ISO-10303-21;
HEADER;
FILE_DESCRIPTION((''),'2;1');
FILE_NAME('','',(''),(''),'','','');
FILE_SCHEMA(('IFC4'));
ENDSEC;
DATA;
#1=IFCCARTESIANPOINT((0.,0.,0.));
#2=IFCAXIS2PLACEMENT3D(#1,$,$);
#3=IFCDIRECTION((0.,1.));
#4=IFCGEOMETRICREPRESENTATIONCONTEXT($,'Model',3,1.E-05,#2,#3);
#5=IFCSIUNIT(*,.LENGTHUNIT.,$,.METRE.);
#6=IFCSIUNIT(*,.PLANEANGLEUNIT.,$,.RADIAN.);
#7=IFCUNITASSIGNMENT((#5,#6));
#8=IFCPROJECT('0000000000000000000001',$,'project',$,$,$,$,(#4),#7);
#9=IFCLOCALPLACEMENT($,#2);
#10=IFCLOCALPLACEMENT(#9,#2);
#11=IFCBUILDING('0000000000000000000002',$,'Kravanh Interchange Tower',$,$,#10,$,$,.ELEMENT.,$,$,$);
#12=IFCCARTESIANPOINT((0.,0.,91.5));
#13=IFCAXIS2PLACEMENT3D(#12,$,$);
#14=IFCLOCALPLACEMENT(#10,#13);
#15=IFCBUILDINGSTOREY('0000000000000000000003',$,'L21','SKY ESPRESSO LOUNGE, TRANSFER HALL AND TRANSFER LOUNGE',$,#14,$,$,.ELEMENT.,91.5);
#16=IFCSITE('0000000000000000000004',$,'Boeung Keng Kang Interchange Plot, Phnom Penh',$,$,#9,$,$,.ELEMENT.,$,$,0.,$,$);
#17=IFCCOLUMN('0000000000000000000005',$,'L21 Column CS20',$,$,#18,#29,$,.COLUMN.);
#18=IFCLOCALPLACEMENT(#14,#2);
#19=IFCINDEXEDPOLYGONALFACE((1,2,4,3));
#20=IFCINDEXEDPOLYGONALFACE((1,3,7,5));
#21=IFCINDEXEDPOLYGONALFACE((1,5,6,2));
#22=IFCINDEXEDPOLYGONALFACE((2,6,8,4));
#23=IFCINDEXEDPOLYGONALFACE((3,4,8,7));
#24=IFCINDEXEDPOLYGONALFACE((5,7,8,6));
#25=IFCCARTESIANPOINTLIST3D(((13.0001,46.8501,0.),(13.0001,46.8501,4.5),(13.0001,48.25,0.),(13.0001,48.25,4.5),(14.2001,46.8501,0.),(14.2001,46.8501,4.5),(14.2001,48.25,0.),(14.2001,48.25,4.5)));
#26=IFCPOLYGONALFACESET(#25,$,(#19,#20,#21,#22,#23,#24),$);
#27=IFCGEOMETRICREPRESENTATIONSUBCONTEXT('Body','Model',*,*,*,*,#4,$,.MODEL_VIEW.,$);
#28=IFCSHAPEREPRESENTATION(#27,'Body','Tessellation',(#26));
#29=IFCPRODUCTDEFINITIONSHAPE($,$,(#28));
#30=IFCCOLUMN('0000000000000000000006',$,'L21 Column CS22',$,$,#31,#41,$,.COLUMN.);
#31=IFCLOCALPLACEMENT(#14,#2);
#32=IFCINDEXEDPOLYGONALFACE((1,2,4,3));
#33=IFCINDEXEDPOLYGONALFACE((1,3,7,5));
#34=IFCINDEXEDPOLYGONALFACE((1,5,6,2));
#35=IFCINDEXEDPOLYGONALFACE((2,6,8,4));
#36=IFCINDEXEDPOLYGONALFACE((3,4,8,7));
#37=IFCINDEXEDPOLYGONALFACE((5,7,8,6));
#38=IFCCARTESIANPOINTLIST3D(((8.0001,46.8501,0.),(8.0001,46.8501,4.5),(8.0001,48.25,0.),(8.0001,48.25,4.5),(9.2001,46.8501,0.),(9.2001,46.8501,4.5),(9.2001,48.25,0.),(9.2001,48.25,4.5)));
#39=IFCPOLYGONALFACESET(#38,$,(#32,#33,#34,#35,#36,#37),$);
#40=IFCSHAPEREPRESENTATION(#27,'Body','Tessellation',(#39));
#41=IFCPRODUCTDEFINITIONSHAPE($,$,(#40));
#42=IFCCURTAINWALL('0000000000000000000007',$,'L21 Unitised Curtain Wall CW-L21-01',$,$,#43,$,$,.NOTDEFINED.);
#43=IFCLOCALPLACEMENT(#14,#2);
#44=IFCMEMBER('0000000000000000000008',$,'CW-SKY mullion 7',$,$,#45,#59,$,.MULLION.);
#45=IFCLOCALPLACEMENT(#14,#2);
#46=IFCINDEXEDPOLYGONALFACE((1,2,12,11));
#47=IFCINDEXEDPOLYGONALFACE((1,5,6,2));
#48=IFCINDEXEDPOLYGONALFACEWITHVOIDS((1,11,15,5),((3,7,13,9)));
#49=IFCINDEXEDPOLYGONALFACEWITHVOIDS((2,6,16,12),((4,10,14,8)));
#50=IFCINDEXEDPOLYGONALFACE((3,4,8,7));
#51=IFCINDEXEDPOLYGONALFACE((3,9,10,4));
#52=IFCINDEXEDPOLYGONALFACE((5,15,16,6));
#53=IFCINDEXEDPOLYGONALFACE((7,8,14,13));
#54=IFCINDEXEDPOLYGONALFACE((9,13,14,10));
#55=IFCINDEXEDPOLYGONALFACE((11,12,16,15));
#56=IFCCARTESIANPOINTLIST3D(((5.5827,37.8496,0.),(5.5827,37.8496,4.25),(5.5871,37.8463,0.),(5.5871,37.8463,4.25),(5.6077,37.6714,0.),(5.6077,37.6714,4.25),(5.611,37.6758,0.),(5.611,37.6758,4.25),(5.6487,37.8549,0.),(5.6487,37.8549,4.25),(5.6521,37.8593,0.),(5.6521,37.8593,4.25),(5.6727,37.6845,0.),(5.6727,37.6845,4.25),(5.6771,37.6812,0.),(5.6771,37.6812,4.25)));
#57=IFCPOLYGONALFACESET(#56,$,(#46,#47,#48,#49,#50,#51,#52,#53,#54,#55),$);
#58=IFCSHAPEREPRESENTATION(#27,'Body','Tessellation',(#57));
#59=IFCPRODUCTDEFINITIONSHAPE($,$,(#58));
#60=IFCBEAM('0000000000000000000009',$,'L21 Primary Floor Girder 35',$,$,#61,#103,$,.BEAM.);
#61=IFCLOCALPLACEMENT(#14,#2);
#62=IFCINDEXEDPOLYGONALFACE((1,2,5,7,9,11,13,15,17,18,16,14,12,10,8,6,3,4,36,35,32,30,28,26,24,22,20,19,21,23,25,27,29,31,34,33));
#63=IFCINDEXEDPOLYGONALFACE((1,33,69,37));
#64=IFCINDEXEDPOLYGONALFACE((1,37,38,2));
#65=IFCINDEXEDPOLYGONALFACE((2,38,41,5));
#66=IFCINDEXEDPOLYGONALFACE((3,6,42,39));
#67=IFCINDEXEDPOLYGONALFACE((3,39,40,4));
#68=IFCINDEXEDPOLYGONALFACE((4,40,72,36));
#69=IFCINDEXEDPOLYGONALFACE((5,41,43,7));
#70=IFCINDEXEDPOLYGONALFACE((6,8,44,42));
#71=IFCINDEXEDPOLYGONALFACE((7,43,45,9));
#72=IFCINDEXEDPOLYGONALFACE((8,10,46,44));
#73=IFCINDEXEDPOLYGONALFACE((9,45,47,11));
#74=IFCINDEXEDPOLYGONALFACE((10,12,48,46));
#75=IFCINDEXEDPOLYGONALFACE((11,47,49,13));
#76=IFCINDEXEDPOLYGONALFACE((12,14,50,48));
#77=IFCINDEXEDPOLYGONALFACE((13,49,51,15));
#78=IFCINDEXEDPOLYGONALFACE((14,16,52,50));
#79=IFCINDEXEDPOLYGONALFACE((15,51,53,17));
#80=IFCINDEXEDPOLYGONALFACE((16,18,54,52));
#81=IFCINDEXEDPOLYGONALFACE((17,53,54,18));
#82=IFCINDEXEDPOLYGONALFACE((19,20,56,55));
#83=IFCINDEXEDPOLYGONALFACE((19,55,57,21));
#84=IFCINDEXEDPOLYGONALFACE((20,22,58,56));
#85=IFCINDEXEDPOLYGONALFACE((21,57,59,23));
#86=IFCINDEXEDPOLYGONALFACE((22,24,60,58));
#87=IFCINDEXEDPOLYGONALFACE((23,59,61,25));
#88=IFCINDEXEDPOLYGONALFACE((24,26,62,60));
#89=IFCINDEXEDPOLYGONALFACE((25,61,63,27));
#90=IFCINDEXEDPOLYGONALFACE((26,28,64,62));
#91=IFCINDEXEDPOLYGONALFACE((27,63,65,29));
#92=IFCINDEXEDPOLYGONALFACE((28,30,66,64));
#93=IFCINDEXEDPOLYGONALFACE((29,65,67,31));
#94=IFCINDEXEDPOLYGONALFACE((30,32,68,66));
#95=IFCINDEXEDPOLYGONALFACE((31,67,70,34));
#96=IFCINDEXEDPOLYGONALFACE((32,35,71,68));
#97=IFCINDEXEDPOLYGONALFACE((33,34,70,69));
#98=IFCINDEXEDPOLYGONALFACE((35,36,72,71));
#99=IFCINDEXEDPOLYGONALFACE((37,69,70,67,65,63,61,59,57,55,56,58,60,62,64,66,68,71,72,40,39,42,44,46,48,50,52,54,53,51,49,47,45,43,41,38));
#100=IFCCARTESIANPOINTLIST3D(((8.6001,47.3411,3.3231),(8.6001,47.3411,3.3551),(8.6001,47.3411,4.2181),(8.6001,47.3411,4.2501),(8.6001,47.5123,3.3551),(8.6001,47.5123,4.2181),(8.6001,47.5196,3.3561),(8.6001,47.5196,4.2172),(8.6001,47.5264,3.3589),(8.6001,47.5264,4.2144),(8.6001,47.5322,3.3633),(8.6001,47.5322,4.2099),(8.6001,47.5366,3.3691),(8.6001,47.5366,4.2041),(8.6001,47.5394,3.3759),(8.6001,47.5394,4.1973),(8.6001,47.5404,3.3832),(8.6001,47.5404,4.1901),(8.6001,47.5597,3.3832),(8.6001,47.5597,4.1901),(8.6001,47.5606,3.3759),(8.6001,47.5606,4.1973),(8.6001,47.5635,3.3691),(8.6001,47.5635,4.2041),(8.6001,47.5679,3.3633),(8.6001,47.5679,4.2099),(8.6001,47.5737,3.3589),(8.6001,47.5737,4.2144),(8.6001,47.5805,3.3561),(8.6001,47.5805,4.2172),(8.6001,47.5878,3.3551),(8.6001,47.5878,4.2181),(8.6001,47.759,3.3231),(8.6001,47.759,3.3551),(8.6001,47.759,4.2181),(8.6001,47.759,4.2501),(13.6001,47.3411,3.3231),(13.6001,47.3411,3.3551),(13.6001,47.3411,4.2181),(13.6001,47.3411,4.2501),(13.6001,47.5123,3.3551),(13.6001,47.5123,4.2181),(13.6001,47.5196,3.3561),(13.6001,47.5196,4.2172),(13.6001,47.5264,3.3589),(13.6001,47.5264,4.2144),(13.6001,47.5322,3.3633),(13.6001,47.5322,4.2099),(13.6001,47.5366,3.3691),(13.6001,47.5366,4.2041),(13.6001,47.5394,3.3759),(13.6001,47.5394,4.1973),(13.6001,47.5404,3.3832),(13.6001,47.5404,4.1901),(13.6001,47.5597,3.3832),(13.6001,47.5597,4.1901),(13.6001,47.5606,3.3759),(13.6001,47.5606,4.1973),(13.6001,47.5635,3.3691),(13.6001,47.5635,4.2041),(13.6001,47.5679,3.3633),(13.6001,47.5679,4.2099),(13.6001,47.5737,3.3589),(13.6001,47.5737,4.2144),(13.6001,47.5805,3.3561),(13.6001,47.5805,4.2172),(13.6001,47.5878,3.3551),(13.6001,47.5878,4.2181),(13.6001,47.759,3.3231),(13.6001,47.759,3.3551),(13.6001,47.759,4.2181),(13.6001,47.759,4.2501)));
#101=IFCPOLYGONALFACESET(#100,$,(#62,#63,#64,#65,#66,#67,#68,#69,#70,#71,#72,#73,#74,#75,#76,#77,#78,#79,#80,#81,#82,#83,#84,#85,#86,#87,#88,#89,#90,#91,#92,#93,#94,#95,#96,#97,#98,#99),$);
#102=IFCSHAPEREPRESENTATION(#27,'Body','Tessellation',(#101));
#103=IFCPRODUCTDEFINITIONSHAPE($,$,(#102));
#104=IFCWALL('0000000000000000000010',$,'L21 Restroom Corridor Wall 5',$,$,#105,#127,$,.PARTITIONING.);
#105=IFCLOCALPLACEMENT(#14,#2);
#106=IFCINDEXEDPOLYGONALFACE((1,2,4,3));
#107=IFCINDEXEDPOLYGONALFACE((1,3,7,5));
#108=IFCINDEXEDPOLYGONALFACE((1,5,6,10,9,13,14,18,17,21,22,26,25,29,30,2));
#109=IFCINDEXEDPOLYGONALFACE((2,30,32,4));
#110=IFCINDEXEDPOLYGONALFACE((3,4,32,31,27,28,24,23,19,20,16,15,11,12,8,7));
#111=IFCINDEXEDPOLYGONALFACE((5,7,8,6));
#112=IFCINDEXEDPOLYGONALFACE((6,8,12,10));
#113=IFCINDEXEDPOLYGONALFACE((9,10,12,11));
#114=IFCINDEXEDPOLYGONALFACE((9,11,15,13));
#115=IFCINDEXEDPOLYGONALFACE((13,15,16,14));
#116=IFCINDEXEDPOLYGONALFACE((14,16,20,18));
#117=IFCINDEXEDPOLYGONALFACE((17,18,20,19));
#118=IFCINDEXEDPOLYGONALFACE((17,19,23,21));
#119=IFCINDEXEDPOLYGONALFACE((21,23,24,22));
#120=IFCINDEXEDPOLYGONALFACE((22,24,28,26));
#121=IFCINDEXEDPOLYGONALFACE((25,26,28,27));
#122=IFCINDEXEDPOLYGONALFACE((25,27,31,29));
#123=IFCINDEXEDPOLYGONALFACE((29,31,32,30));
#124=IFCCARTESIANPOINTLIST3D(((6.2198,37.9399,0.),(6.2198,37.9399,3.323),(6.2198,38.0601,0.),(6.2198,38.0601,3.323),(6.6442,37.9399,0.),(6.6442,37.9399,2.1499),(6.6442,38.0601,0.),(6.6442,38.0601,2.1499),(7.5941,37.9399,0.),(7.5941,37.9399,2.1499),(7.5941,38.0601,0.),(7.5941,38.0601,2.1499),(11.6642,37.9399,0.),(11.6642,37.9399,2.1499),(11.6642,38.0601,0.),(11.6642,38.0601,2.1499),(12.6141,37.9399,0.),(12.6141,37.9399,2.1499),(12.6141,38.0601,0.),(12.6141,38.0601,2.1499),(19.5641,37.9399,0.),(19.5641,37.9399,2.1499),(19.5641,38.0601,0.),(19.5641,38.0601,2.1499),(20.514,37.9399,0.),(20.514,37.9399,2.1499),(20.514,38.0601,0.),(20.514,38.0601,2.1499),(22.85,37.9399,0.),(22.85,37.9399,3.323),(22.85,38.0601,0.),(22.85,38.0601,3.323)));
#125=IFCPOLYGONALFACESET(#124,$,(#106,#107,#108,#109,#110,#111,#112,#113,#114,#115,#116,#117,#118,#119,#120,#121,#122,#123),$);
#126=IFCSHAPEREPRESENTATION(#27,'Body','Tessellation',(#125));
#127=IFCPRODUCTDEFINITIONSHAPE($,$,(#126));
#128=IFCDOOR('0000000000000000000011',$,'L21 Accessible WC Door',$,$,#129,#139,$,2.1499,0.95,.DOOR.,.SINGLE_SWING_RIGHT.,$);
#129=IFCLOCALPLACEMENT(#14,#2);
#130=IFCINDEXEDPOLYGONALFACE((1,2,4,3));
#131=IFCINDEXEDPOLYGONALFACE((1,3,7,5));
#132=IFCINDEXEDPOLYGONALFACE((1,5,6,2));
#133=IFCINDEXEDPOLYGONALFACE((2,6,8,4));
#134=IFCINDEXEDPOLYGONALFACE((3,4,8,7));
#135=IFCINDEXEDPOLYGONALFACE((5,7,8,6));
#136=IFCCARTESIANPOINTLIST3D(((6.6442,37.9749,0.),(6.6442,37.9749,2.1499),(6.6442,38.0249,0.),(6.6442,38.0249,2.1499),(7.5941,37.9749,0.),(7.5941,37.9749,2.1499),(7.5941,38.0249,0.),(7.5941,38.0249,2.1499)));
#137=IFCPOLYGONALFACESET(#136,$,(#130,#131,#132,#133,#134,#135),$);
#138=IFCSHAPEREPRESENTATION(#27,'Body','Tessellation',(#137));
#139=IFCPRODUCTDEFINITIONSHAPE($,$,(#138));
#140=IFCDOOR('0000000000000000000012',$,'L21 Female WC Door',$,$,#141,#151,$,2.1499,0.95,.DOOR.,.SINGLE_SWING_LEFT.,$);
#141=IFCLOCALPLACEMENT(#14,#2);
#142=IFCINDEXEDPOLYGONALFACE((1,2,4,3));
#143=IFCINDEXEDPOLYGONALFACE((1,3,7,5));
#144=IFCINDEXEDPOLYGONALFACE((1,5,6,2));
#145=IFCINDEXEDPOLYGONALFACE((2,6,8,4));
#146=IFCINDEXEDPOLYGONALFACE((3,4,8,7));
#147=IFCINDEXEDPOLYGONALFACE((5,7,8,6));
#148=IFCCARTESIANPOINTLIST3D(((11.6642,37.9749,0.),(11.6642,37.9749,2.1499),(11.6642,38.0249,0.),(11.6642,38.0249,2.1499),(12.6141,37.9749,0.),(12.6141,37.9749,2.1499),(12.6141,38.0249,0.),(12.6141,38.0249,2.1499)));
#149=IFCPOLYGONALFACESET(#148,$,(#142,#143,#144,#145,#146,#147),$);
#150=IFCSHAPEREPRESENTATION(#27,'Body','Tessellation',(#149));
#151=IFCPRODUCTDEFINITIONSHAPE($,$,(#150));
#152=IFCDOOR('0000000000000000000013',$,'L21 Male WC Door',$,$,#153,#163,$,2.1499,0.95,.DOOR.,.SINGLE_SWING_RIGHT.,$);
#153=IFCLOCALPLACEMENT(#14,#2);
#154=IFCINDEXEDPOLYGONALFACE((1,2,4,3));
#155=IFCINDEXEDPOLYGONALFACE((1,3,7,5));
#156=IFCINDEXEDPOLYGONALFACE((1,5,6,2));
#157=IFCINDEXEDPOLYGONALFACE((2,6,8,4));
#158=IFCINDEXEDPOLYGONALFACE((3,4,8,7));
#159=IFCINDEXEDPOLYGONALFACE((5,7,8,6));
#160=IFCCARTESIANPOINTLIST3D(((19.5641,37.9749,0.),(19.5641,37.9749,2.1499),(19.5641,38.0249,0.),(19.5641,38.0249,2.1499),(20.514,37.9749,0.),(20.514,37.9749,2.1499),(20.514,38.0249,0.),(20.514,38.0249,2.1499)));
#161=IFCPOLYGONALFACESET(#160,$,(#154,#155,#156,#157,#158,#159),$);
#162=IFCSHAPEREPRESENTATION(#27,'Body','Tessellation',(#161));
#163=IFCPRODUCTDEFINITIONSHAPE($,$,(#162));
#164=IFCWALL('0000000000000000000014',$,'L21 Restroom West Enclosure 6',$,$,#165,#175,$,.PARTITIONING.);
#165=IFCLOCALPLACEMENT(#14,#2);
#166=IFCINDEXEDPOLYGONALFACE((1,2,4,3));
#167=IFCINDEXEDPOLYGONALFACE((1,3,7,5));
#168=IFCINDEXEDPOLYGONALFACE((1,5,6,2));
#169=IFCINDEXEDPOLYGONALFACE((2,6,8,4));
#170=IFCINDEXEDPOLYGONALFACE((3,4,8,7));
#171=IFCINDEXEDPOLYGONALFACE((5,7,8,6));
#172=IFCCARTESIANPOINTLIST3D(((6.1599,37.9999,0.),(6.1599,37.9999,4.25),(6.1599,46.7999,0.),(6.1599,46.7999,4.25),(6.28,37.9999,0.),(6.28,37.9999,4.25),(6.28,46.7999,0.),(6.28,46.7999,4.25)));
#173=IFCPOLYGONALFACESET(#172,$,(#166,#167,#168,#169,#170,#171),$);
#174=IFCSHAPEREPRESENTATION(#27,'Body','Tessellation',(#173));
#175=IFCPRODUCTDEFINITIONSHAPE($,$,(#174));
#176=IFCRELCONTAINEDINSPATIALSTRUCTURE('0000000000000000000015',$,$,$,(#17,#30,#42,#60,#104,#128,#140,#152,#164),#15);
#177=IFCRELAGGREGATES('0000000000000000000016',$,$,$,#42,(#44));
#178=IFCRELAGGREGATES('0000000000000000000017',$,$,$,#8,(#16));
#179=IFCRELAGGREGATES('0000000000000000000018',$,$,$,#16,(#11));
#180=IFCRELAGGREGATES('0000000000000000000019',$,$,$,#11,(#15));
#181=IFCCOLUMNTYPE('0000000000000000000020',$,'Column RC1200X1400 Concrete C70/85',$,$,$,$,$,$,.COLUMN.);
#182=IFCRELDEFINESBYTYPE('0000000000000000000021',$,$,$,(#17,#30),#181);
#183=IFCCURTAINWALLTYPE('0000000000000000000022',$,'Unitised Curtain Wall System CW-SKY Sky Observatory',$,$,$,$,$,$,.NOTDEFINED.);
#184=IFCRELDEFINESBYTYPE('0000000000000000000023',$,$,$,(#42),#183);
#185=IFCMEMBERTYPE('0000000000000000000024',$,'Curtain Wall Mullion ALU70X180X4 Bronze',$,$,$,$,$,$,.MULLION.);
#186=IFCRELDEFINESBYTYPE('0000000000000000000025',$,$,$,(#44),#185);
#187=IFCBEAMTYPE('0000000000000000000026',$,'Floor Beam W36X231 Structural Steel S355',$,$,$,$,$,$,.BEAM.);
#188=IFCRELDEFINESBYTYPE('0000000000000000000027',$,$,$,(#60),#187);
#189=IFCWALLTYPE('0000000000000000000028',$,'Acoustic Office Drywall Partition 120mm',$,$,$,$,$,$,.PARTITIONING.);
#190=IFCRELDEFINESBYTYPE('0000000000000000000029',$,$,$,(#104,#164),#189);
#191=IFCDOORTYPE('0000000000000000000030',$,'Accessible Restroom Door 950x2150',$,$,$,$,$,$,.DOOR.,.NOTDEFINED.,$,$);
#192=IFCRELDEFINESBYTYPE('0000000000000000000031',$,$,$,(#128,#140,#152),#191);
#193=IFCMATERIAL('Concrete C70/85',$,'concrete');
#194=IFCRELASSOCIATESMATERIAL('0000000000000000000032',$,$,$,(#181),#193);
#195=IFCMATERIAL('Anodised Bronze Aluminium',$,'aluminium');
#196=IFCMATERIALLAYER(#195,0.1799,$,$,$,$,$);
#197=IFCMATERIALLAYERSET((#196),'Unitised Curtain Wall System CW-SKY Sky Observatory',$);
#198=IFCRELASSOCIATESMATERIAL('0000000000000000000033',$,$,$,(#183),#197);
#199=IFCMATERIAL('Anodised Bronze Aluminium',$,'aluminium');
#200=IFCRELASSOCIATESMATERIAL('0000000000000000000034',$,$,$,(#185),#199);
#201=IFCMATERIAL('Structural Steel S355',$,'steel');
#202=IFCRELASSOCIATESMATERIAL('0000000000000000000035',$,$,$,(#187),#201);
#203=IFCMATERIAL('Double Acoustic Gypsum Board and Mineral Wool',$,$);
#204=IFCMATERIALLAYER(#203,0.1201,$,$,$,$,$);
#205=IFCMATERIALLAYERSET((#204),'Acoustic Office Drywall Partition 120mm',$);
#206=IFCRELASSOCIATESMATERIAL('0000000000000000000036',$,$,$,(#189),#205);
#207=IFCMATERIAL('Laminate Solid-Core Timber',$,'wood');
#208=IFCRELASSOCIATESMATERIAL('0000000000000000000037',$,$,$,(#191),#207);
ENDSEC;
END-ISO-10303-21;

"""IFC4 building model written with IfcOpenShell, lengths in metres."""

from ifc_helpers import new_model, si_unit, direction, frame, frame_2d, origin, origin_2d, place, context, subcontext, project, spatial, rectangle, hollow_rectangle, i_section, extrude, material, layer, layer_set, material_profile, profile_set, type_object, element, fill, aggregate, save


model = new_model("IFC4")

# Units and contexts
model_context = context("Model", 3, precision=1e-05, world=origin(), true_north=direction((0.0, 1.0)))
body_context = subcontext(model_context, "Body", "Model", "MODEL_VIEW")
ifc_project = project(units=[si_unit("LENGTHUNIT", "METRE"), si_unit("PLANEANGLEUNIT", "RADIAN")], contexts=[model_context])

# Site, building, storey
site_placement = place(None, origin())
site = spatial("IfcSite", under=ifc_project, at=site_placement, Name="Boeung Keng Kang Interchange Plot, Phnom Penh", CompositionType="ELEMENT", RefElevation=0.0)
building_placement = place(site_placement, origin())
building = spatial("IfcBuilding", under=site, at=building_placement, Name="Kravanh Interchange Tower", CompositionType="ELEMENT")
storey_placement = place(building_placement, frame((0.0, 0.0, 91.5)))
storey = spatial("IfcBuildingStorey", under=building, at=storey_placement, Name="L21", Description="SKY ESPRESSO LOUNGE, TRANSFER HALL AND TRANSFER LOUNGE", CompositionType="ELEMENT", Elevation=91.5)

# Columns
ifc_material_1 = material(Name="Concrete C70/85", Category="concrete")
ifc_material_profile_1 = material_profile(ifc_material_1, rectangle(XDim=1.2, YDim=1.3999, at=origin_2d()), Name="RC1200X1400")
ifc_profile_set_1 = profile_set([ifc_material_profile_1], Name="Concrete C70/85")
column_type = type_object("IfcColumnType", Name="Column RC1200X1400 Concrete C70/85", PredefinedType="COLUMN", material=ifc_profile_set_1)
for number, where, z_axis, x_axis, name in (
    (1, (13.6001, 47.55, 0.0), (0.0, 0.0, 1.0), (1.0, 0.0, 0.0), "L21 Column CS20"),
    (2, (8.6001, 47.55, 0.0), (0.0, 0.0, 1.0), (1.0, 0.0, 0.0), "L21 Column CS22"),
):
    element("IfcColumn", number, at=place(storey_placement, frame(where, z_axis=z_axis, x_axis=x_axis)), inside=storey, type_object=column_type, Name=name, PredefinedType="COLUMN", context=body_context, shape_type="SweptSolid", body=[
        extrude(rectangle(XDim=1.2, YDim=1.3999, at=origin_2d()), origin(), (0.0, 0.0, 1.0), 4.5),
    ])

# Curtain wall, member
ifc_material_2 = material(Name="Anodised Bronze Aluminium", Category="aluminium")
ifc_layer_1 = layer(ifc_material_2, 0.1799)
ifc_layer_set_1 = layer_set([ifc_layer_1], Name="Unitised Curtain Wall System CW-SKY Sky Observatory")
curtain_wall_type = type_object("IfcCurtainWallType", Name="Unitised Curtain Wall System CW-SKY Sky Observatory", PredefinedType="NOTDEFINED", material=ifc_layer_set_1)
curtain_wall_placement = place(storey_placement, origin())
curtain_wall = element("IfcCurtainWall", 3, at=curtain_wall_placement, inside=storey, type_object=curtain_wall_type, Name="L21 Unitised Curtain Wall CW-L21-01", PredefinedType="NOTDEFINED")
ifc_material_3 = material(Name="Anodised Bronze Aluminium", Category="aluminium")
ifc_material_profile_2 = material_profile(ifc_material_3, hollow_rectangle(XDim=0.0701, YDim=0.1799, WallThickness=0.0039, at=origin_2d()), Name="ALU70X180X4")
ifc_profile_set_2 = profile_set([ifc_material_profile_2], Name="Anodised Bronze Aluminium")
member_type = type_object("IfcMemberType", Name="Curtain Wall Mullion ALU70X180X4 Bronze", PredefinedType="MULLION", material=ifc_profile_set_2)
member_placement = place(storey_placement, frame((5.6299, 37.7654, 0.0), z_axis=(0.0, 0.0, 1.0), x_axis=(-0.990268, -0.139177, 0.0)))
member = element("IfcMember", 4, at=member_placement, type_object=member_type, Name="CW-SKY mullion 7", PredefinedType="MULLION", context=body_context, shape_type="SweptSolid", body=[
    extrude(hollow_rectangle(XDim=0.0701, YDim=0.1799, WallThickness=0.0039, at=origin_2d()), origin(), (0.0, 0.0, 1.0), 4.25),
])
aggregate(curtain_wall, [member])

# Beam
ifc_material_4 = material(Name="Structural Steel S355", Category="steel")
ifc_material_profile_3 = material_profile(ifc_material_4, i_section(OverallWidth=0.418, OverallDepth=0.927, WebThickness=0.0193, FlangeThickness=0.032, FilletRadius=0.0281, at=origin_2d()), Name="W36X231")
ifc_profile_set_3 = profile_set([ifc_material_profile_3], Name="Structural Steel S355")
beam_type = type_object("IfcBeamType", Name="Floor Beam W36X231 Structural Steel S355", PredefinedType="BEAM", material=ifc_profile_set_3)
beam_placement = place(storey_placement, frame((13.6001, 47.55, 3.7866), z_axis=(-1.0, 0.0, 0.0), x_axis=(0.0, -1.0, 0.0)))
element("IfcBeam", 5, at=beam_placement, inside=storey, type_object=beam_type, Name="L21 Primary Floor Girder 35", PredefinedType="BEAM", context=body_context, shape_type="SweptSolid", body=[
    extrude(i_section(OverallWidth=0.418, OverallDepth=0.927, WebThickness=0.0193, FlangeThickness=0.032, FilletRadius=0.0281, at=origin_2d()), origin(), (0.0, 0.0, 1.0), 5.0),
])

# Wall, openings, doors
ifc_material_5 = material(Name="Double Acoustic Gypsum Board and Mineral Wool")
ifc_layer_2 = layer(ifc_material_5, 0.1201)
ifc_layer_set_2 = layer_set([ifc_layer_2], Name="Acoustic Office Drywall Partition 120mm")
wall_type_1 = type_object("IfcWallType", Name="Acoustic Office Drywall Partition 120mm", PredefinedType="PARTITIONING", material=ifc_layer_set_2)
wall_1_placement = place(storey_placement, frame((6.22, 38.0, 0.0), z_axis=(0.0, 0.0, 1.0), x_axis=(1.0, 0.0, 0.0)))
wall_1 = element("IfcWall", 6, at=wall_1_placement, inside=storey, type_object=wall_type_1, Name="L21 Restroom Corridor Wall 5", PredefinedType="PARTITIONING", context=body_context, shape_type="SweptSolid", body=[
    extrude(rectangle(XDim=16.6301, YDim=0.1201, at=frame_2d((8.3149, 0.0))), origin(), (0.0, 0.0, 1.0), 3.323),
])
opening_1_placement = place(wall_1_placement, frame((0.4241, 0.0, 0.0)))
opening_1 = element("IfcOpeningElement", 7, at=opening_1_placement, cuts=wall_1, PredefinedType="OPENING", context=body_context, shape_type="SweptSolid", body=[
    extrude(rectangle(XDim=0.95, YDim=2.1499, at=frame_2d((0.4751, 1.075))), frame((0.0, 0.0701, 0.0), z_axis=(0.0, -1.0, 0.0), x_axis=(1.0, 0.0, 0.0)), (0.0, 0.0, 1.0), 0.1401),
])
opening_2_placement = place(wall_1_placement, frame((5.4441, 0.0, 0.0)))
opening_2 = element("IfcOpeningElement", 8, at=opening_2_placement, cuts=wall_1, PredefinedType="OPENING", context=body_context, shape_type="SweptSolid", body=[
    extrude(rectangle(XDim=0.95, YDim=2.1499, at=frame_2d((0.4751, 1.075))), frame((0.0, 0.0701, 0.0), z_axis=(0.0, -1.0, 0.0), x_axis=(1.0, 0.0, 0.0)), (0.0, 0.0, 1.0), 0.1401),
])
opening_3_placement = place(wall_1_placement, frame((13.344, 0.0, 0.0)))
opening_3 = element("IfcOpeningElement", 9, at=opening_3_placement, cuts=wall_1, PredefinedType="OPENING", context=body_context, shape_type="SweptSolid", body=[
    extrude(rectangle(XDim=0.95, YDim=2.1499, at=frame_2d((0.4751, 1.075))), frame((0.0, 0.0701, 0.0), z_axis=(0.0, -1.0, 0.0), x_axis=(1.0, 0.0, 0.0)), (0.0, 0.0, 1.0), 0.1401),
])
ifc_material_6 = material(Name="Laminate Solid-Core Timber", Category="wood")
door_type = type_object("IfcDoorType", Name="Accessible Restroom Door 950x2150", OperationType="NOTDEFINED", PredefinedType="DOOR", material=ifc_material_6)
door_1_placement = place(opening_1_placement, origin())
door_1 = element("IfcDoor", 10, at=door_1_placement, inside=storey, type_object=door_type, Name="L21 Accessible WC Door", OperationType="SINGLE_SWING_RIGHT", OverallHeight=2.1499, OverallWidth=0.95, PredefinedType="DOOR", context=body_context, shape_type="SweptSolid", body=[
    extrude(rectangle(XDim=0.95, YDim=2.1499, at=frame_2d((0.4751, 1.075))), frame((0.0, 0.0249, 0.0), z_axis=(0.0, -1.0, 0.0), x_axis=(1.0, 0.0, 0.0)), (0.0, 0.0, 1.0), 0.05),
])
fill(opening_1, door_1)
door_2_placement = place(opening_2_placement, origin())
door_2 = element("IfcDoor", 11, at=door_2_placement, inside=storey, type_object=door_type, Name="L21 Female WC Door", OperationType="SINGLE_SWING_LEFT", OverallHeight=2.1499, OverallWidth=0.95, PredefinedType="DOOR", context=body_context, shape_type="SweptSolid", body=[
    extrude(rectangle(XDim=0.95, YDim=2.1499, at=frame_2d((0.4751, 1.075))), frame((0.0, 0.0249, 0.0), z_axis=(0.0, -1.0, 0.0), x_axis=(1.0, 0.0, 0.0)), (0.0, 0.0, 1.0), 0.05),
])
fill(opening_2, door_2)
door_3_placement = place(opening_3_placement, origin())
door_3 = element("IfcDoor", 12, at=door_3_placement, inside=storey, type_object=door_type, Name="L21 Male WC Door", OperationType="SINGLE_SWING_RIGHT", OverallHeight=2.1499, OverallWidth=0.95, PredefinedType="DOOR", context=body_context, shape_type="SweptSolid", body=[
    extrude(rectangle(XDim=0.95, YDim=2.1499, at=frame_2d((0.4751, 1.075))), frame((0.0, 0.0249, 0.0), z_axis=(0.0, -1.0, 0.0), x_axis=(1.0, 0.0, 0.0)), (0.0, 0.0, 1.0), 0.05),
])
fill(opening_3, door_3)

# Wall
wall_2_placement = place(storey_placement, frame((6.22, 38.0, 0.0), z_axis=(0.0, 0.0, 1.0), x_axis=(0.0, 1.0, 0.0)))
element("IfcWall", 13, at=wall_2_placement, inside=storey, type_object=wall_type_1, Name="L21 Restroom West Enclosure 6", PredefinedType="PARTITIONING", context=body_context, shape_type="SweptSolid", body=[
    extrude(rectangle(XDim=8.8, YDim=0.1201, at=frame_2d((4.3999, 0.0))), origin(), (0.0, 0.0, 1.0), 4.25),
])

save(model, "model.ifc")
